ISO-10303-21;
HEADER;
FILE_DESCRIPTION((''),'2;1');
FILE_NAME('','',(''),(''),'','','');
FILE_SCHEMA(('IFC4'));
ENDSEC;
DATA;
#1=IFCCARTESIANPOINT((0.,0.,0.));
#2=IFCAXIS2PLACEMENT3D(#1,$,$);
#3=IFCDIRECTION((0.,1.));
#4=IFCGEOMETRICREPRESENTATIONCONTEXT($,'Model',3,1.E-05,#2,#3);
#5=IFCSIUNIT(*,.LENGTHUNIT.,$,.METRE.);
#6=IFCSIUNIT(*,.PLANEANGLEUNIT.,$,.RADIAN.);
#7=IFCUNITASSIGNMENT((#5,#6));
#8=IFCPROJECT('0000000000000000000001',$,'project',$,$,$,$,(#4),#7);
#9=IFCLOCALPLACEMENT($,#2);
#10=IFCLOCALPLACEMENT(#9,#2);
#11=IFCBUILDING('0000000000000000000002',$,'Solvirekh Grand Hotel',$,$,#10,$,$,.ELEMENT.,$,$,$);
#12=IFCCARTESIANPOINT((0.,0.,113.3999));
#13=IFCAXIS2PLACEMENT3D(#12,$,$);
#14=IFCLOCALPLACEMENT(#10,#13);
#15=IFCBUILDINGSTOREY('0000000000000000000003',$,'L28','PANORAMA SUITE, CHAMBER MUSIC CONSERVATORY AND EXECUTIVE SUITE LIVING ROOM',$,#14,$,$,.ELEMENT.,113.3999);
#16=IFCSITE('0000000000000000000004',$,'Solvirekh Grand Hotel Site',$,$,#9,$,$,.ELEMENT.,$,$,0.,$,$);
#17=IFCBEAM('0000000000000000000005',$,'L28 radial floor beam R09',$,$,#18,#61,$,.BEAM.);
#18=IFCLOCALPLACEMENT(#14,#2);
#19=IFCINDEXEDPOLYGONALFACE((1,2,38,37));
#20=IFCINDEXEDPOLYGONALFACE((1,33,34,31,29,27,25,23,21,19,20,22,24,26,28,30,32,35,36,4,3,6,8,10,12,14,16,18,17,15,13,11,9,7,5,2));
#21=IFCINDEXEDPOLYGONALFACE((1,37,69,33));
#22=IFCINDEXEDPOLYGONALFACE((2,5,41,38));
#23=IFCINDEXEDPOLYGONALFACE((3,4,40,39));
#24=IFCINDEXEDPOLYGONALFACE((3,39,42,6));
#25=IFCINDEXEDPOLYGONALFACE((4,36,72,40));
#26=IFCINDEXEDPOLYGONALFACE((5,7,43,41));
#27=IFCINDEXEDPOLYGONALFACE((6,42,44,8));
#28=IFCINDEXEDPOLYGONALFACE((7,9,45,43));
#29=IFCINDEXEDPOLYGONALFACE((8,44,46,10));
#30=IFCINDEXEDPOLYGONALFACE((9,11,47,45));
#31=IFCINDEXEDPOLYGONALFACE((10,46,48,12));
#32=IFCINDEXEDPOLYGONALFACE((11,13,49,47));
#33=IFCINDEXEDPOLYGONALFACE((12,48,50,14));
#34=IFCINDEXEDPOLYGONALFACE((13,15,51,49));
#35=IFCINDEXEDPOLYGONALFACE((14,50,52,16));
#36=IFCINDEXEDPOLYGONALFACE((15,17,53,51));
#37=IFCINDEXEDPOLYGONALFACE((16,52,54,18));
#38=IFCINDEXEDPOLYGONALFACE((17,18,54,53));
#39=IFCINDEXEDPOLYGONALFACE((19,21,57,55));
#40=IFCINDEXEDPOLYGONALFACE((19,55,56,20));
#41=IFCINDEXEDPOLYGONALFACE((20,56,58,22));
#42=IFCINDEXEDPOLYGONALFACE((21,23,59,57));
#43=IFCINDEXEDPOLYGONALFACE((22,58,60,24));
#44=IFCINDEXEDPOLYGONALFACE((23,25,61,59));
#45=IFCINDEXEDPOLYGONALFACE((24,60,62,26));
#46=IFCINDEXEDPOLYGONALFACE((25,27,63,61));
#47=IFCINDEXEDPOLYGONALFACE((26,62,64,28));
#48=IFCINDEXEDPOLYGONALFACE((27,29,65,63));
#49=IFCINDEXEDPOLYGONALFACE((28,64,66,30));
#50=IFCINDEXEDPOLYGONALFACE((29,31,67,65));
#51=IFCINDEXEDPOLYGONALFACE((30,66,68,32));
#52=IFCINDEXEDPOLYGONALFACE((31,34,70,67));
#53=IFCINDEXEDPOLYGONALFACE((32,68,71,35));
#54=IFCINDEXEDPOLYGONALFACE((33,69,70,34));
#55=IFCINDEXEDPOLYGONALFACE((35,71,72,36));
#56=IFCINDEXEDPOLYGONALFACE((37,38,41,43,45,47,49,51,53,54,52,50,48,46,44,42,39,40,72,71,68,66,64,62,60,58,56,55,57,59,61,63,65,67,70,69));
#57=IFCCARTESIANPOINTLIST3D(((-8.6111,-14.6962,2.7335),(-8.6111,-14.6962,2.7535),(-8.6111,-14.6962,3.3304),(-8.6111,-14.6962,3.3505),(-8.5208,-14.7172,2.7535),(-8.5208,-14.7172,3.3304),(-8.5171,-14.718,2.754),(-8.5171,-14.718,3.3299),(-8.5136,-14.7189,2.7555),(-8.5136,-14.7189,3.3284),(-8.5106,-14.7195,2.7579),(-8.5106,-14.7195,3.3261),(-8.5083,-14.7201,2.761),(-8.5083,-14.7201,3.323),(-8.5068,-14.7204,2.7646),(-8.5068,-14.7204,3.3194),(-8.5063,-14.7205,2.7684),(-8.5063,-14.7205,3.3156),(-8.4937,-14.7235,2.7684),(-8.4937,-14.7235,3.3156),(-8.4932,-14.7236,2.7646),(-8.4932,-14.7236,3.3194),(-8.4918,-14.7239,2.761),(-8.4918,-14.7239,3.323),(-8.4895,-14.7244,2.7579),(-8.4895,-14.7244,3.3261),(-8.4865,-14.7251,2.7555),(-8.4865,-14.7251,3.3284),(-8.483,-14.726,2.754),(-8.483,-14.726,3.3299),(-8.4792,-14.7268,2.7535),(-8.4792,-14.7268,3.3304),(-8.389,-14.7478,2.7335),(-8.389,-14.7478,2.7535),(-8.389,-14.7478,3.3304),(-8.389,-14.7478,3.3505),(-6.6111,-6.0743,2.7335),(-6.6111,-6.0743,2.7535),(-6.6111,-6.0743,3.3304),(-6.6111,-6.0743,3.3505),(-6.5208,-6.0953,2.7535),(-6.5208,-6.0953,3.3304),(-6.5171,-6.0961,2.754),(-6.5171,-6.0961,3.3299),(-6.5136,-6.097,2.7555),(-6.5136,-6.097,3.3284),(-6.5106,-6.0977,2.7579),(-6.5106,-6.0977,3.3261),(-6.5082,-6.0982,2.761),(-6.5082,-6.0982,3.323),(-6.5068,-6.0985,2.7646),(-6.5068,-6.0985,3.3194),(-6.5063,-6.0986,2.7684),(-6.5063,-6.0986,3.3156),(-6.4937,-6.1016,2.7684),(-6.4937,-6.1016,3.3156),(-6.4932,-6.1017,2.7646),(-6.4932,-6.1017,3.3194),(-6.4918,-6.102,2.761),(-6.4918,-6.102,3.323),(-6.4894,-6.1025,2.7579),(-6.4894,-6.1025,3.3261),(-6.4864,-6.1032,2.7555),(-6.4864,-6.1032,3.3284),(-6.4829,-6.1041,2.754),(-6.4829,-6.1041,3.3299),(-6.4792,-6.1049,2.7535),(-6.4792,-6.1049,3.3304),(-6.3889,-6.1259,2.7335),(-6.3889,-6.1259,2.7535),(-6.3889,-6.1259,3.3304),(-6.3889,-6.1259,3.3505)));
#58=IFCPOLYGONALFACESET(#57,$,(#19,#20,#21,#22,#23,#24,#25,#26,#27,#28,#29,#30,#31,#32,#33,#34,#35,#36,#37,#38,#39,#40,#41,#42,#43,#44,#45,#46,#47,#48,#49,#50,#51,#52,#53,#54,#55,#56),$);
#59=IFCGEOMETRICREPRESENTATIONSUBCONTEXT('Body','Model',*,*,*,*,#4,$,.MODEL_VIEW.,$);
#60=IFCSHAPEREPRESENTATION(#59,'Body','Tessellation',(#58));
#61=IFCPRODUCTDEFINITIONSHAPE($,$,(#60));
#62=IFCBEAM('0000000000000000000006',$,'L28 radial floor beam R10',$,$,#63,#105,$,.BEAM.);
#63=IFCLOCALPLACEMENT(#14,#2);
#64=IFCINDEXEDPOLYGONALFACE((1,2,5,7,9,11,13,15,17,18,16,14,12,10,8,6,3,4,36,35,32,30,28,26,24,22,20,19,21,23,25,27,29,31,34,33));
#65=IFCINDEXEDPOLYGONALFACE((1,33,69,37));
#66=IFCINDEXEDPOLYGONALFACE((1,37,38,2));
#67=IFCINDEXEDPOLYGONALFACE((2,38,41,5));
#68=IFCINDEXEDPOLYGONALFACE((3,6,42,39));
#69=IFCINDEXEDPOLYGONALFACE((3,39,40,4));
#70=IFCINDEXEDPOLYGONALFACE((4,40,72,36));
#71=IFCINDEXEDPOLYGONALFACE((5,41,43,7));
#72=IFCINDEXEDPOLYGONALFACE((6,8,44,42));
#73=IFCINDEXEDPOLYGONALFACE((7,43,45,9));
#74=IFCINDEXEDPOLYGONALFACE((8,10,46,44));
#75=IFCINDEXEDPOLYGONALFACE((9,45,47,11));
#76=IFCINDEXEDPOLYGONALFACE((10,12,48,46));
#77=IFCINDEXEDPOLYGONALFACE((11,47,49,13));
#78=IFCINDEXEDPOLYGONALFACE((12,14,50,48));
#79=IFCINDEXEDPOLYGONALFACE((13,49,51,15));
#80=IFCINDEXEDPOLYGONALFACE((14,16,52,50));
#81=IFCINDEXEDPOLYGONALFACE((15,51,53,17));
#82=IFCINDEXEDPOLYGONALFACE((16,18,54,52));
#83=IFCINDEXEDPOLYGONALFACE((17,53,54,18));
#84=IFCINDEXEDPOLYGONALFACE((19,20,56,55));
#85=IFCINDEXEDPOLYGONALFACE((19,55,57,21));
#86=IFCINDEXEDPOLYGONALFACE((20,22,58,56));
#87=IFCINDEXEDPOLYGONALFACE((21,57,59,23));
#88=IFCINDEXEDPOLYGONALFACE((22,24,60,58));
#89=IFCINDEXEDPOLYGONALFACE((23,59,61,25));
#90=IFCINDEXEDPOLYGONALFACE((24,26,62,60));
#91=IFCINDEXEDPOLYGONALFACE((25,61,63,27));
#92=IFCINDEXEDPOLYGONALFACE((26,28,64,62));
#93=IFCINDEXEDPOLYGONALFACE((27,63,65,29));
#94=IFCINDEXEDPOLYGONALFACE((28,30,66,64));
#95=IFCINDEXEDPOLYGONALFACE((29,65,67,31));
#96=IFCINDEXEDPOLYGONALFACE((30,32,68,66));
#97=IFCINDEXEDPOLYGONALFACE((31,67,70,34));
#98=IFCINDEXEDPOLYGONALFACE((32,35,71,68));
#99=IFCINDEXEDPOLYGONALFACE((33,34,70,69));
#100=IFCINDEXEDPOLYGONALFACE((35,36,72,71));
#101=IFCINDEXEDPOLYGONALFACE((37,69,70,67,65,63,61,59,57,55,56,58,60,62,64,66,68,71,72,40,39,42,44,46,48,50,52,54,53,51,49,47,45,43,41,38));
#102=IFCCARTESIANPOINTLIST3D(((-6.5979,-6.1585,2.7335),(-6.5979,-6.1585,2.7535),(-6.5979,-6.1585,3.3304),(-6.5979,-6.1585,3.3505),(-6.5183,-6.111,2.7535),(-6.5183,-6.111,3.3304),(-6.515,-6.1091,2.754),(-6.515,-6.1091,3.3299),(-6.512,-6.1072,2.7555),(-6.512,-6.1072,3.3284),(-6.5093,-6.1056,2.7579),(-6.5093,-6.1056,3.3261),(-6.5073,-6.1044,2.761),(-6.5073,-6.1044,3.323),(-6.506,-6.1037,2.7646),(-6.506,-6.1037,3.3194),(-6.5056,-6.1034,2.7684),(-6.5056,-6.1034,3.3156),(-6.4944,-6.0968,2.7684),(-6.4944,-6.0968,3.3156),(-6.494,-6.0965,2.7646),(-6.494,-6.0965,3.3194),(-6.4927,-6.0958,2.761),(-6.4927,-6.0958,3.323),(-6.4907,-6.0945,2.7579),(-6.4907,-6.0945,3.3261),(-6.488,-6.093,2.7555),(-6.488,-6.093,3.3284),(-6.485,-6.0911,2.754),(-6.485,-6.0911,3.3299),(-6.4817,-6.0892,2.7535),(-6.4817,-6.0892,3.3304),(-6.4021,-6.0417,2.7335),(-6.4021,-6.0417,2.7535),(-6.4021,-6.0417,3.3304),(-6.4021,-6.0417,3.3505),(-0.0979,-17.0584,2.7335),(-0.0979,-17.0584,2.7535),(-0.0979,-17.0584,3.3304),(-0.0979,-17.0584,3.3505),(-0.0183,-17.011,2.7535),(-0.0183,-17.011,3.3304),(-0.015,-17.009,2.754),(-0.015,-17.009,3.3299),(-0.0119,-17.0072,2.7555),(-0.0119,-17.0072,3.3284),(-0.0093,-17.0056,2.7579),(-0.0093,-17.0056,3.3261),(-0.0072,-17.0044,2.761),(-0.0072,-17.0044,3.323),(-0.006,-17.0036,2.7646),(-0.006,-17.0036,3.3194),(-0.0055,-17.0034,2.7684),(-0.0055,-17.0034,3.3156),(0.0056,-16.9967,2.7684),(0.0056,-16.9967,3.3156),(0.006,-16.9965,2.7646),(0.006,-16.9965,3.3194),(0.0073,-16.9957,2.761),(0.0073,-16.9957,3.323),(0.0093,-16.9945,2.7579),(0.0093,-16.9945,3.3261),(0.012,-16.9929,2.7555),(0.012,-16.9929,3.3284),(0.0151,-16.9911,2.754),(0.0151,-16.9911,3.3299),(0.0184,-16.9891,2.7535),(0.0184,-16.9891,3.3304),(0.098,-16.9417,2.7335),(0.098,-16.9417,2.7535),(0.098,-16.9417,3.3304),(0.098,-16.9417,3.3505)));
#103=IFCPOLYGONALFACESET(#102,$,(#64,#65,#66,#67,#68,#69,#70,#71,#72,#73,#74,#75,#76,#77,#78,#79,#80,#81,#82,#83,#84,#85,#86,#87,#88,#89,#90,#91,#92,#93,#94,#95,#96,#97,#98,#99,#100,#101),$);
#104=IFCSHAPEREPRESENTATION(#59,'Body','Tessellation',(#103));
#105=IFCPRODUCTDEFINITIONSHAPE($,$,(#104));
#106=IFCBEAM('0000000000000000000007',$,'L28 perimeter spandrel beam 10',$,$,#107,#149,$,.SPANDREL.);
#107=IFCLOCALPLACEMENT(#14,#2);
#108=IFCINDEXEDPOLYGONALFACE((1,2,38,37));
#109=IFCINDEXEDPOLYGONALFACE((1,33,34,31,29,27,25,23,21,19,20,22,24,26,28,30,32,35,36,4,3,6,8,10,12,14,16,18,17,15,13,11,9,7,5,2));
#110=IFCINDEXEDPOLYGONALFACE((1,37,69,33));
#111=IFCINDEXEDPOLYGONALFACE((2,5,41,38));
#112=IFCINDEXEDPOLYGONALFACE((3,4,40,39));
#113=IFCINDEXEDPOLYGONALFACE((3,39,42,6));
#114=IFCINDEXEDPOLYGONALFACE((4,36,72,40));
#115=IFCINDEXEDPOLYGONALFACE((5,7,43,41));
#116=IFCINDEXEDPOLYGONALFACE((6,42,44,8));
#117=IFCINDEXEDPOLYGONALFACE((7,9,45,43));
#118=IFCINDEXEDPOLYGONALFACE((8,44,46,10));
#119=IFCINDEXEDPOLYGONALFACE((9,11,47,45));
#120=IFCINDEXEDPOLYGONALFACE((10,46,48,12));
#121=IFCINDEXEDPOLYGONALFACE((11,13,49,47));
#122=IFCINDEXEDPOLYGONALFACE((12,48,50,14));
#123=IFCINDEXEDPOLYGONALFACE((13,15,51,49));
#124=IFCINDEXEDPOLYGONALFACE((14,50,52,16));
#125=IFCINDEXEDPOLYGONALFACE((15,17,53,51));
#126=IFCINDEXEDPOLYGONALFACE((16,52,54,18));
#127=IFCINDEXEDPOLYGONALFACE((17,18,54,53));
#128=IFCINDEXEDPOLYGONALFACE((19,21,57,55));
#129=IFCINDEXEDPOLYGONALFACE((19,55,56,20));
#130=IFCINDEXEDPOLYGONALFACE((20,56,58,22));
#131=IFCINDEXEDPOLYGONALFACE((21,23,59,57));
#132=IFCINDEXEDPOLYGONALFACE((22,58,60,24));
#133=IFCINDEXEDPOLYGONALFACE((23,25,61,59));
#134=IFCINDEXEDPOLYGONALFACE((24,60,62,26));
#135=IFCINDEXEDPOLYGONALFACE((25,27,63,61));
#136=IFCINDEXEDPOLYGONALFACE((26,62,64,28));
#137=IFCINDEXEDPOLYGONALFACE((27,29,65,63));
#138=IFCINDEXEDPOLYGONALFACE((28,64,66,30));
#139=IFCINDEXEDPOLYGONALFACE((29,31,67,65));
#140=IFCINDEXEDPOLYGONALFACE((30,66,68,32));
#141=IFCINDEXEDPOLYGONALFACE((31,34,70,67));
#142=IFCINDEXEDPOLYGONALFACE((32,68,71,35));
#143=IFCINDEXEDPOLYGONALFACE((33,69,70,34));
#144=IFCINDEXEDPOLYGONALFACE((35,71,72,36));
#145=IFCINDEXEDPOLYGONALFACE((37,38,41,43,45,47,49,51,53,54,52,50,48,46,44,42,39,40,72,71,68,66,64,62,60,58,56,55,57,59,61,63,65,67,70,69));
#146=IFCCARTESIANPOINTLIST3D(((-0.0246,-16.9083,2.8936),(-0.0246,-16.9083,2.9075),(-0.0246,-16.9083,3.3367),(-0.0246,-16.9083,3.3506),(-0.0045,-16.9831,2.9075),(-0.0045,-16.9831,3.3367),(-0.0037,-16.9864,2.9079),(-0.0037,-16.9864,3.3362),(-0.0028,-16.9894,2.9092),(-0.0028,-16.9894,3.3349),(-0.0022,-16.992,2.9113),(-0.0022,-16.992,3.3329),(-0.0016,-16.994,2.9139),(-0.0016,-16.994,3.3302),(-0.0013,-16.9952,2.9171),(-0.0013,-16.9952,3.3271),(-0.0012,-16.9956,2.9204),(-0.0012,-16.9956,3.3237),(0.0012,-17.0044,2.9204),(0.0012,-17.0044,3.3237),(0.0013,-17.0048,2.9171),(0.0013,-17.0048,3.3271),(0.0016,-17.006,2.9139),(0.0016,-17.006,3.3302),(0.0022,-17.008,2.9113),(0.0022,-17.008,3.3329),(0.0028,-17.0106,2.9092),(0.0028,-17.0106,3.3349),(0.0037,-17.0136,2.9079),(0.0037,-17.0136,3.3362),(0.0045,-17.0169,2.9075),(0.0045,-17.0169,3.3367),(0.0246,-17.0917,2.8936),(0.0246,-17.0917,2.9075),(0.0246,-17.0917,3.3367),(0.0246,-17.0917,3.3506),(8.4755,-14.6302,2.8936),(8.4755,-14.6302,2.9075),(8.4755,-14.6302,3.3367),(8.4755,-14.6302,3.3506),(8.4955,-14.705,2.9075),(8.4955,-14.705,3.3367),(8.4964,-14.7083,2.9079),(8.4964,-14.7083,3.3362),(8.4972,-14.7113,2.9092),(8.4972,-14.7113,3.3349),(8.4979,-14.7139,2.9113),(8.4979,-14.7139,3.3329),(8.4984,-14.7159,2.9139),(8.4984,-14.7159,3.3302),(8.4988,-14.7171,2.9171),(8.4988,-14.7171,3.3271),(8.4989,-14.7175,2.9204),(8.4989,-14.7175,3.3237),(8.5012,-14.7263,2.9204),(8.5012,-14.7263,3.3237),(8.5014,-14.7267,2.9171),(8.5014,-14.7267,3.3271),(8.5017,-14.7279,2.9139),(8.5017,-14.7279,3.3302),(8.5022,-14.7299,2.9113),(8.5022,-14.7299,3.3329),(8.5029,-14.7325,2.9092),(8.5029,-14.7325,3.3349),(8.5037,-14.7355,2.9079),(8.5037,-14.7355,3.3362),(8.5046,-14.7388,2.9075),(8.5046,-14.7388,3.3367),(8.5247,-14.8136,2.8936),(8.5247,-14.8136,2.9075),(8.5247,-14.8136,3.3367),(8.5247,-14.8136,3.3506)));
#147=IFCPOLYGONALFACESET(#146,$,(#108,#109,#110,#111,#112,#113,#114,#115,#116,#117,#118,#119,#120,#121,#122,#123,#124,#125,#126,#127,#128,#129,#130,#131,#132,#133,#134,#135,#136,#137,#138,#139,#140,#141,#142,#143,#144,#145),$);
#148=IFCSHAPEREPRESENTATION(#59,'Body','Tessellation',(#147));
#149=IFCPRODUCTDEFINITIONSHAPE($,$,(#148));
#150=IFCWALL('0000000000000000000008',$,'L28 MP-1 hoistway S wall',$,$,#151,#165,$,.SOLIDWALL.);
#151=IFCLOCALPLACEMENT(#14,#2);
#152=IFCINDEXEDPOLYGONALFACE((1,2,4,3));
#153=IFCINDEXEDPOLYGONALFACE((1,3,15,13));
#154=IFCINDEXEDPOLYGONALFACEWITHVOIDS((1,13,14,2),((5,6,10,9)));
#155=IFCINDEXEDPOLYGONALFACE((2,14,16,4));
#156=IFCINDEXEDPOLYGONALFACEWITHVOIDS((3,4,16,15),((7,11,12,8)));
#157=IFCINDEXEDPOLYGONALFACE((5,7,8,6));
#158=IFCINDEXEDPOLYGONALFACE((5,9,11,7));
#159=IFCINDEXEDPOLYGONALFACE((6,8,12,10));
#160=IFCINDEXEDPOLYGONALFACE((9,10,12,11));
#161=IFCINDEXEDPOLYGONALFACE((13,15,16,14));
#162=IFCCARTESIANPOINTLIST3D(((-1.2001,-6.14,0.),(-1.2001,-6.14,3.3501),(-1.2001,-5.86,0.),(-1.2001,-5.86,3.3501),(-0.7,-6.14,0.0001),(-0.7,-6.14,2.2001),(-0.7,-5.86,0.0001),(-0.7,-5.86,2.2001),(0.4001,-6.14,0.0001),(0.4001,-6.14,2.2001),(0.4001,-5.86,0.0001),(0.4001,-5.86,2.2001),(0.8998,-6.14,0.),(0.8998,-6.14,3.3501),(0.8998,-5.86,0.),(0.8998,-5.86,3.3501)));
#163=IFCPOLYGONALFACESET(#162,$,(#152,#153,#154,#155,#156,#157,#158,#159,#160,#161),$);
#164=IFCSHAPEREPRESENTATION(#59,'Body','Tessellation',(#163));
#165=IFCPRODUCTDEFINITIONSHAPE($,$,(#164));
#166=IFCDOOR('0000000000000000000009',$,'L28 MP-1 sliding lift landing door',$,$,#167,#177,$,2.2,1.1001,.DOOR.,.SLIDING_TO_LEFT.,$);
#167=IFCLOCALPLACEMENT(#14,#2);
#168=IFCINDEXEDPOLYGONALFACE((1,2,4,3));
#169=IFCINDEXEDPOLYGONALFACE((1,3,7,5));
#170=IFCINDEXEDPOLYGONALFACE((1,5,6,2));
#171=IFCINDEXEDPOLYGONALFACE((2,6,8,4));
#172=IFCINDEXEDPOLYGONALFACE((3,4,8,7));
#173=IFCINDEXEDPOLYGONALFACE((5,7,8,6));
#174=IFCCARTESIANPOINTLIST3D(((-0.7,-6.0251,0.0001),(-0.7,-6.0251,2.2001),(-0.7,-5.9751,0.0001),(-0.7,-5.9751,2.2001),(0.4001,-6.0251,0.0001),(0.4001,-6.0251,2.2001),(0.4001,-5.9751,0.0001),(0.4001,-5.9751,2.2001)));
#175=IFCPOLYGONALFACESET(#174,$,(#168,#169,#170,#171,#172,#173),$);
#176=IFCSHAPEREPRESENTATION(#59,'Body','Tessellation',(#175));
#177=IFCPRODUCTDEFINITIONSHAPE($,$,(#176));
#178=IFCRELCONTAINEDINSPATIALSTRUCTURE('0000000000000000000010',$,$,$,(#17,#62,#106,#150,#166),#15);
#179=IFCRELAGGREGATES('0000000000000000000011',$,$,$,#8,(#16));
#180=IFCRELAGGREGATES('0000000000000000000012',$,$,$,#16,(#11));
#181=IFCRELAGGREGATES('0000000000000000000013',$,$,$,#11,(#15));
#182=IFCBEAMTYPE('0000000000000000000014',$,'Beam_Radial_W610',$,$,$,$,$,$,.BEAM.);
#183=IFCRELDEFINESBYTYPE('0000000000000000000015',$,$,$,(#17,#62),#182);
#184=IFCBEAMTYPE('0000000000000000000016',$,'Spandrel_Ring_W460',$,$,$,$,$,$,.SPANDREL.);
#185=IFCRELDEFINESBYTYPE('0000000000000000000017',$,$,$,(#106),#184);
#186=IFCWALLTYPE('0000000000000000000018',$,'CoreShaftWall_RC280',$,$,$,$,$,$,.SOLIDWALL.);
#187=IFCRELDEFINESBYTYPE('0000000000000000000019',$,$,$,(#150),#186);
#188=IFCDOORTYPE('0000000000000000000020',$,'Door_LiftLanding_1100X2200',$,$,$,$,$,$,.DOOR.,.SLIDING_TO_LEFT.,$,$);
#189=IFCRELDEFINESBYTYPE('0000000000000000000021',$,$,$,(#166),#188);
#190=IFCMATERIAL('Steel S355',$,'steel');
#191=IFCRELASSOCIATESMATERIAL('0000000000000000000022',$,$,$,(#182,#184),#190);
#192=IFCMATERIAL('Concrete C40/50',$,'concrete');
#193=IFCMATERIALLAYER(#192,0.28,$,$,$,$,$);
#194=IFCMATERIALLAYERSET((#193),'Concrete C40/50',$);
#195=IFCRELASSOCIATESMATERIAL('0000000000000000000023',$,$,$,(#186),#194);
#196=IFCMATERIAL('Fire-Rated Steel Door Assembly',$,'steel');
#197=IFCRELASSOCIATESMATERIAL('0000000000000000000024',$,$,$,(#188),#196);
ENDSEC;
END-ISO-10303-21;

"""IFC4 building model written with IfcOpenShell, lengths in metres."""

from ifc_helpers import new_model, si_unit, direction, frame, frame_2d, origin, origin_2d, place, context, subcontext, project, spatial, rectangle, i_section, extrude, material, layer, layer_set, material_profile, profile_set, type_object, element, fill, save


model = new_model("IFC4")

# Units and contexts
model_context = context("Model", 3, precision=1e-05, world=origin(), true_north=direction((0.0, 1.0)))
body_context = subcontext(model_context, "Body", "Model", "MODEL_VIEW")
ifc_project = project(units=[si_unit("LENGTHUNIT", "METRE"), si_unit("PLANEANGLEUNIT", "RADIAN")], contexts=[model_context])

# Site, building, storey
site_placement = place(None, origin())
site = spatial("IfcSite", under=ifc_project, at=site_placement, Name="Solvirekh Grand Hotel Site", CompositionType="ELEMENT", RefElevation=0.0)
building_placement = place(site_placement, origin())
building = spatial("IfcBuilding", under=site, at=building_placement, Name="Solvirekh Grand Hotel", CompositionType="ELEMENT")
storey_placement = place(building_placement, frame((0.0, 0.0, 113.3999)))
storey = spatial("IfcBuildingStorey", under=building, at=storey_placement, Name="L28", Description="PANORAMA SUITE, CHAMBER MUSIC CONSERVATORY AND EXECUTIVE SUITE LIVING ROOM", CompositionType="ELEMENT", Elevation=113.3999)

# Beams
ifc_material_1 = material(Name="Steel S355", Category="steel")
ifc_material_profile_1 = material_profile(ifc_material_1, i_section(OverallWidth=0.228, OverallDepth=0.6169, WebThickness=0.0129, FlangeThickness=0.02, FilletRadius=0.0149, at=origin_2d()), Name="W610X140")
ifc_profile_set_1 = profile_set([ifc_material_profile_1], Name="Steel S355")
beam_type_1 = type_object("IfcBeamType", Name="Beam_Radial_W610", PredefinedType="BEAM", material=ifc_profile_set_1)
beam_1_placement = place(storey_placement, frame((-6.5, -6.1001, 3.042), z_axis=(-0.225969, -0.974134, 0.0), x_axis=(0.974134, -0.225969, 0.0)))
element("IfcBeam", 1, at=beam_1_placement, inside=storey, type_object=beam_type_1, Name="L28 radial floor beam R09", PredefinedType="BEAM", context=body_context, shape_type="SweptSolid", body=[
    extrude(i_section(OverallWidth=0.228, OverallDepth=0.6169, WebThickness=0.0129, FlangeThickness=0.02, FilletRadius=0.0149, at=origin_2d()), origin(), (0.0, 0.0, 1.0), 8.8508),
])
beam_2_placement = place(storey_placement, frame((-6.5, -6.1001, 3.042), z_axis=(0.51218, -0.858878, 0.0), x_axis=(0.858878, 0.51218, 0.0)))
element("IfcBeam", 2, at=beam_2_placement, inside=storey, type_object=beam_type_1, Name="L28 radial floor beam R10", PredefinedType="BEAM", context=body_context, shape_type="SweptSolid", body=[
    extrude(i_section(OverallWidth=0.228, OverallDepth=0.6169, WebThickness=0.0129, FlangeThickness=0.02, FilletRadius=0.0149, at=origin_2d()), origin(), (0.0, 0.0, 1.0), 12.6909),
])
ifc_material_profile_2 = material_profile(ifc_material_1, i_section(OverallWidth=0.1899, OverallDepth=0.457, WebThickness=0.009, FlangeThickness=0.0139, FilletRadius=0.0129, at=origin_2d()), Name="W460X74")
ifc_profile_set_2 = profile_set([ifc_material_profile_2], Name="Steel S355")
beam_type_2 = type_object("IfcBeamType", Name="Spandrel_Ring_W460", PredefinedType="SPANDREL", material=ifc_profile_set_2)
beam_3_placement = place(storey_placement, frame((0.0, -17.0, 3.1221), z_axis=(0.965911, 0.258873, 0.0), x_axis=(-0.258873, 0.965911, 0.0)))
element("IfcBeam", 3, at=beam_3_placement, inside=storey, type_object=beam_type_2, Name="L28 perimeter spandrel beam 10", PredefinedType="SPANDREL", context=body_context, shape_type="SweptSolid", body=[
    extrude(i_section(OverallWidth=0.1899, OverallDepth=0.457, WebThickness=0.009, FlangeThickness=0.0139, FilletRadius=0.0129, at=origin_2d()), origin(), (0.0, 0.0, 1.0), 8.8),
])

# Wall, opening, door
ifc_material_2 = material(Name="Concrete C40/50", Category="concrete")
ifc_layer_1 = layer(ifc_material_2, 0.28)
ifc_layer_set_1 = layer_set([ifc_layer_1], Name="Concrete C40/50")
wall_type_1 = type_object("IfcWallType", Name="CoreShaftWall_RC280", PredefinedType="SOLIDWALL", material=ifc_layer_set_1)
wall_1_placement = place(storey_placement, frame((-1.2, -6.0, 0.0), z_axis=(0.0, 0.0, 1.0), x_axis=(1.0, 0.0, 0.0)))
wall_1 = element("IfcWall", 4, at=wall_1_placement, inside=storey, type_object=wall_type_1, Name="L28 MP-1 hoistway S wall", PredefinedType="SOLIDWALL", context=body_context, shape_type="SweptSolid", body=[
    extrude(rectangle(XDim=2.0999, YDim=0.28, at=frame_2d((1.0498, 0.0))), origin(), (0.0, 0.0, 1.0), 3.3501),
])
opening_1_placement = place(wall_1_placement, frame((0.5, 0.0, 0.0)))
opening_1 = element("IfcOpeningElement", 5, at=opening_1_placement, cuts=wall_1, PredefinedType="OPENING", context=body_context, shape_type="SweptSolid", body=[
    extrude(rectangle(XDim=1.1001, YDim=2.2, at=frame_2d((0.55, 1.1001))), frame((0.0, 0.1499, 0.0), z_axis=(0.0, -1.0, 0.0), x_axis=(1.0, 0.0, 0.0)), (0.0, 0.0, 1.0), 0.3),
])
ifc_material_3 = material(Name="Fire-Rated Steel Door Assembly", Category="steel")
door_type_1 = type_object("IfcDoorType", Name="Door_LiftLanding_1100X2200", OperationType="SLIDING_TO_LEFT", PredefinedType="DOOR", material=ifc_material_3)
door_1_placement = place(opening_1_placement, origin())
door_1 = element("IfcDoor", 6, at=door_1_placement, inside=storey, type_object=door_type_1, Name="L28 MP-1 sliding lift landing door", OperationType="SLIDING_TO_LEFT", OverallHeight=2.2, OverallWidth=1.1001, PredefinedType="DOOR", context=body_context, shape_type="SweptSolid", body=[
    extrude(rectangle(XDim=1.1001, YDim=2.2, at=frame_2d((0.55, 1.1001))), frame((0.0, 0.0249, 0.0), z_axis=(0.0, -1.0, 0.0), x_axis=(1.0, 0.0, 0.0)), (0.0, 0.0, 1.0), 0.05),
])
fill(opening_1, door_1)

save(model, "model.ifc")
